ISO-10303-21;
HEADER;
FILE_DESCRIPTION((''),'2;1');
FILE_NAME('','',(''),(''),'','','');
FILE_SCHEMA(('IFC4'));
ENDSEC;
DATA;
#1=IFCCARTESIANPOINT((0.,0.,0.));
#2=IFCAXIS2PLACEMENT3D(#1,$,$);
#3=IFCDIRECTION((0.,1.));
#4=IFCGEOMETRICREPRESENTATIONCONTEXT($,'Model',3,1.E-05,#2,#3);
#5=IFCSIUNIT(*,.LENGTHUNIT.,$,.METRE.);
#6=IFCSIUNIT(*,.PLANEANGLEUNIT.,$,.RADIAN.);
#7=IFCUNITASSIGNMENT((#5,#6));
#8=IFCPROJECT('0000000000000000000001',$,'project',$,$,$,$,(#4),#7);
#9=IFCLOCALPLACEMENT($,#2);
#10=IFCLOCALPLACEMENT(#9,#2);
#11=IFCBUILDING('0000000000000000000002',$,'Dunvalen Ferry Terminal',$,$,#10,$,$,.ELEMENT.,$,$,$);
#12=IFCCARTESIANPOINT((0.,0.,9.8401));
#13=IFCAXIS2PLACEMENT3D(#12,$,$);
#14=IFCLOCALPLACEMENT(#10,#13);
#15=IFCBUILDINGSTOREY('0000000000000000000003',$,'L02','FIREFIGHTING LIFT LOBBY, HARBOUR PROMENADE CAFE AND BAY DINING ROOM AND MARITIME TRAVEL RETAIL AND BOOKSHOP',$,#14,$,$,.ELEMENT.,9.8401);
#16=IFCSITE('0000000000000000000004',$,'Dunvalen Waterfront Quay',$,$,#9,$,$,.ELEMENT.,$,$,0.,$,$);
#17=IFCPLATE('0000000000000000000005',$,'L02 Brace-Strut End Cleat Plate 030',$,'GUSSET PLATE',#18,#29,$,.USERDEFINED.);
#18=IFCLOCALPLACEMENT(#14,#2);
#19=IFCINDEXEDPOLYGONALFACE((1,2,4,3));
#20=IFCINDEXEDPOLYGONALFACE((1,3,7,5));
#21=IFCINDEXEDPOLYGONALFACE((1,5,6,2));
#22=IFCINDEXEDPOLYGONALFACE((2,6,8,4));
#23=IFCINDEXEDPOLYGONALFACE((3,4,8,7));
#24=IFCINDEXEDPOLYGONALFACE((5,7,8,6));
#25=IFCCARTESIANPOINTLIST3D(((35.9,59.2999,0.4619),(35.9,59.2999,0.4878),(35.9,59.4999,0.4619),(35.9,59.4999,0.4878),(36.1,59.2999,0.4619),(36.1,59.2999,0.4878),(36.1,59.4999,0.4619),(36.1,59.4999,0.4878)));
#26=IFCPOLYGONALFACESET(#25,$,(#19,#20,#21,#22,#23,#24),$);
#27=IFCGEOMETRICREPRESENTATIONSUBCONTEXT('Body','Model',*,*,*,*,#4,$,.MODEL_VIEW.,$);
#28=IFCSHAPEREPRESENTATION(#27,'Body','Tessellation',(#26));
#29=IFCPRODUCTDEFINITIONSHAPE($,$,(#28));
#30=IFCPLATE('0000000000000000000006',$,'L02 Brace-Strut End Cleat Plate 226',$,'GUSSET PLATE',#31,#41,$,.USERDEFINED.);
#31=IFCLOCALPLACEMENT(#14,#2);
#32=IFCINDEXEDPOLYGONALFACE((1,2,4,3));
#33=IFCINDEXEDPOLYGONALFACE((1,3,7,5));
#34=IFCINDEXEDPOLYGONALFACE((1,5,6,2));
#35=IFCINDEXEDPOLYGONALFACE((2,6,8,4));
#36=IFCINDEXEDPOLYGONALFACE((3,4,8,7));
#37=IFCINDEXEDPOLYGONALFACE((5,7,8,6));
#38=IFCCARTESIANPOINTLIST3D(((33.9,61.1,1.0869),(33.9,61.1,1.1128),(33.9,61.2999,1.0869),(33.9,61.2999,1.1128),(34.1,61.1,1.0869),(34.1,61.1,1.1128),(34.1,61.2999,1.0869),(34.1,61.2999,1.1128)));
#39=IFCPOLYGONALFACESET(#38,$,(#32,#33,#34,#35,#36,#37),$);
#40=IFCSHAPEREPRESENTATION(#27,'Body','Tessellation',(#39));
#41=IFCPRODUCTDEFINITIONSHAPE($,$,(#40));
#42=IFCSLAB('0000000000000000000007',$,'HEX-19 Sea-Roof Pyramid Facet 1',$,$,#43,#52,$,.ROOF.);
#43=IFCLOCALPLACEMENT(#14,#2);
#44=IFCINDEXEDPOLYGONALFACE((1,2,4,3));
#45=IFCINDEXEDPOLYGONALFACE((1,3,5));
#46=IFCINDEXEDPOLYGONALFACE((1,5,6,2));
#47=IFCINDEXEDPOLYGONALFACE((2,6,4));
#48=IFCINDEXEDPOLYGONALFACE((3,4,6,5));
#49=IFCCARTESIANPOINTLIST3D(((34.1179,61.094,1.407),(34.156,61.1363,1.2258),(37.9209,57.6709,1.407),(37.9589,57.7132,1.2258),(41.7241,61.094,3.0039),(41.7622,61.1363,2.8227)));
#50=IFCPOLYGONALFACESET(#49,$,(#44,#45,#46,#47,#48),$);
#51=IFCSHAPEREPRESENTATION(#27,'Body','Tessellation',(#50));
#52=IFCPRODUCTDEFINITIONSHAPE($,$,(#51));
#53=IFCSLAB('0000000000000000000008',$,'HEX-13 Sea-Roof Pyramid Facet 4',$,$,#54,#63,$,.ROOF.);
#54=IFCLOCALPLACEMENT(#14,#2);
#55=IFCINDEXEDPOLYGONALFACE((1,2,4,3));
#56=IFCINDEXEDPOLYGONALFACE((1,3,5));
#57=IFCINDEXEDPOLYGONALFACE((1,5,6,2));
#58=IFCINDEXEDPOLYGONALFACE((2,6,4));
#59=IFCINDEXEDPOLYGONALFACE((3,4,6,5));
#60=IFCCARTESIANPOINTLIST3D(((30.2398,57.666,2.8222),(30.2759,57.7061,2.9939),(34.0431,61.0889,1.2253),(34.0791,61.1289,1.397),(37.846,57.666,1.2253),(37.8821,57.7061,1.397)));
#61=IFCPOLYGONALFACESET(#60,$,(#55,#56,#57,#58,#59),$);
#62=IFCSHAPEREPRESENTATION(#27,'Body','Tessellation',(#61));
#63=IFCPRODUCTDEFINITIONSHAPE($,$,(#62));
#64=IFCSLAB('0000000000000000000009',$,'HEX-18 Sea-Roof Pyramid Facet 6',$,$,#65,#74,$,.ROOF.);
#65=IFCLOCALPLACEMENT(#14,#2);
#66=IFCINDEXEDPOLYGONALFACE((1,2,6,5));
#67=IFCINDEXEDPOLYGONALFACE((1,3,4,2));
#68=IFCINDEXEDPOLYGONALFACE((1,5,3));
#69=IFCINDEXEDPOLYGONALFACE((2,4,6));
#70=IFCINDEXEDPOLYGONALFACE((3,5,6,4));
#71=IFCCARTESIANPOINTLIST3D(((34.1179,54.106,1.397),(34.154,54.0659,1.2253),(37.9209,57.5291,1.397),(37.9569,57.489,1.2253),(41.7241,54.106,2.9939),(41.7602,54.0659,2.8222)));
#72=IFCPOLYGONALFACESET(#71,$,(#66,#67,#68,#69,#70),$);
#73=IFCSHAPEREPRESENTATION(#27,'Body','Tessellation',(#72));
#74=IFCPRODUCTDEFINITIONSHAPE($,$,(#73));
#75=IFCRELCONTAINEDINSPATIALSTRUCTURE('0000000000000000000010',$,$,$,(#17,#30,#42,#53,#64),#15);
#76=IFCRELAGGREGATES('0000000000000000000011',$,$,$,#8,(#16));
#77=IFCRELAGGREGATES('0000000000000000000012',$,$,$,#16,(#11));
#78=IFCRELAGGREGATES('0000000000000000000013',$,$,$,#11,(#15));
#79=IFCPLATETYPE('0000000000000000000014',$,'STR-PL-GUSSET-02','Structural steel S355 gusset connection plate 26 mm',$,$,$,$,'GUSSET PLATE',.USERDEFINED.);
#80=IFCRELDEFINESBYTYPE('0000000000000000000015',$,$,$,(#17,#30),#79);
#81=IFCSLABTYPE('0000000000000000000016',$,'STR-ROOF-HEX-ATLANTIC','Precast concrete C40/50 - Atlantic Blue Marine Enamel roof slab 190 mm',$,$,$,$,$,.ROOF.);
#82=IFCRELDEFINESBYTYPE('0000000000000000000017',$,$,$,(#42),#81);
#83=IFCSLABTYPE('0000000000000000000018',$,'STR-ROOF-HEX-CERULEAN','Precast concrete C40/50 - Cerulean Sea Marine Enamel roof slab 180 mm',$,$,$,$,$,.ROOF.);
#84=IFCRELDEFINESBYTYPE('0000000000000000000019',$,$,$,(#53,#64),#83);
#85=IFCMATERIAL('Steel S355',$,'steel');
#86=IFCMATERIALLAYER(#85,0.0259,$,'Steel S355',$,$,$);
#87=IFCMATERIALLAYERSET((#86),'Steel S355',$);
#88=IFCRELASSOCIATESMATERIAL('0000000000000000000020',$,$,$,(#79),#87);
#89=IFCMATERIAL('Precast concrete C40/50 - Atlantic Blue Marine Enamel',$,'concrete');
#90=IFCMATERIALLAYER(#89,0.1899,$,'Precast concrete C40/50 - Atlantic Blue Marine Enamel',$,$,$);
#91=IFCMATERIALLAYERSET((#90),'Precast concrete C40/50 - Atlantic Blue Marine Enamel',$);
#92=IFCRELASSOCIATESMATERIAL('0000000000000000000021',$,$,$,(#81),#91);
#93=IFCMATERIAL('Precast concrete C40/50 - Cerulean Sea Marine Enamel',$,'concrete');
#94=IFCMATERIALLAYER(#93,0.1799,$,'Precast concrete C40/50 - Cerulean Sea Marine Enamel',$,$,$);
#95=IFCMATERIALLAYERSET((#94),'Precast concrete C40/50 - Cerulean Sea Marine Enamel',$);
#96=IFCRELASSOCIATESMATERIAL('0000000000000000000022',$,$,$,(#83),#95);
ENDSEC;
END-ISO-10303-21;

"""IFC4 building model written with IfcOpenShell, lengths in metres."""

from ifc_helpers import new_model, si_unit, direction, frame, origin, origin_2d, place, context, subcontext, project, spatial, polyline, rectangle, outline, extrude, material, layer, layer_set, type_object, element, save


model = new_model("IFC4")

# Units and contexts
model_context = context("Model", 3, precision=1e-05, world=origin(), true_north=direction((0.0, 1.0)))
body_context = subcontext(model_context, "Body", "Model", "MODEL_VIEW")
ifc_project = project(units=[si_unit("LENGTHUNIT", "METRE"), si_unit("PLANEANGLEUNIT", "RADIAN")], contexts=[model_context])

# Site, building, storey
site_placement = place(None, origin())
site = spatial("IfcSite", under=ifc_project, at=site_placement, Name="Dunvalen Waterfront Quay", CompositionType="ELEMENT", RefElevation=0.0)
building_placement = place(site_placement, origin())
building = spatial("IfcBuilding", under=site, at=building_placement, Name="Dunvalen Ferry Terminal", CompositionType="ELEMENT")
storey_placement = place(building_placement, frame((0.0, 0.0, 9.8401)))
storey = spatial("IfcBuildingStorey", under=building, at=storey_placement, Name="L02", Description="FIREFIGHTING LIFT LOBBY, HARBOUR PROMENADE CAFE AND BAY DINING ROOM AND MARITIME TRAVEL RETAIL AND BOOKSHOP", CompositionType="ELEMENT", Elevation=9.8401)

# Shared definitions
ifc_material_1 = material(Name="Steel S355", Category="steel")

# Plates
ifc_layer_1 = layer(ifc_material_1, 0.0259, Name="Steel S355")
ifc_layer_set_1 = layer_set([ifc_layer_1], Name="Steel S355")
plate_type_1 = type_object("IfcPlateType", Name="STR-PL-GUSSET-02", Description="Structural steel S355 gusset connection plate 26 mm", ElementType="GUSSET PLATE", PredefinedType="USERDEFINED", material=ifc_layer_set_1)
for number, where, z_axis, x_axis, name in (
    (1, (36.0, 59.3999, 0.4619), (0.0, 0.0, 1.0), (1.0, 0.0, 0.0), "L02 Brace-Strut End Cleat Plate 030"),
    (2, (34.0, 61.2, 1.0869), (0.0, 0.0, 1.0), (1.0, 0.0, 0.0), "L02 Brace-Strut End Cleat Plate 226"),
):
    element("IfcPlate", number, at=place(storey_placement, frame(where, z_axis=z_axis, x_axis=x_axis)), inside=storey, type_object=plate_type_1, Name=name, ObjectType="GUSSET PLATE", PredefinedType="USERDEFINED", context=body_context, shape_type="SweptSolid", body=[
        extrude(rectangle(XDim=0.2, YDim=0.2, at=origin_2d()), origin(), (0.0, 0.0, 1.0), 0.0259),
    ])

# Slabs
ifc_material_2 = material(Name="Precast concrete C40/50 - Atlantic Blue Marine Enamel", Category="concrete")
ifc_layer_2 = layer(ifc_material_2, 0.1899, Name="Precast concrete C40/50 - Atlantic Blue Marine Enamel")
ifc_layer_set_2 = layer_set([ifc_layer_2], Name="Precast concrete C40/50 - Atlantic Blue Marine Enamel")
slab_type_1 = type_object("IfcSlabType", Name="STR-ROOF-HEX-ATLANTIC", Description="Precast concrete C40/50 - Atlantic Blue Marine Enamel roof slab 190 mm", PredefinedType="ROOF", material=ifc_layer_set_2)
slab_1_placement = place(storey_placement, frame((34.1179, 61.094, 1.407), z_axis=(-0.200318, -0.222548, 0.95412), x_axis=(0.743254, -0.66901, 0.0)))
element("IfcSlab", 3, at=slab_1_placement, inside=storey, type_object=slab_type_1, Name="HEX-19 Sea-Roof Pyramid Facet 1", PredefinedType="ROOF", context=body_context, shape_type="SweptSolid", body=[
    extrude(outline(polyline([(0.0, 0.0), (5.1167, 0.0), (5.6533, 5.3333), (0.0, 0.0)])), origin(), (0.0, 0.0, -1.0), 0.1899),
])
ifc_material_3 = material(Name="Precast concrete C40/50 - Cerulean Sea Marine Enamel", Category="concrete")
ifc_layer_3 = layer(ifc_material_3, 0.1799, Name="Precast concrete C40/50 - Cerulean Sea Marine Enamel")
ifc_layer_set_3 = layer_set([ifc_layer_3], Name="Precast concrete C40/50 - Cerulean Sea Marine Enamel")
slab_type_2 = type_object("IfcSlabType", Name="STR-ROOF-HEX-CERULEAN", Description="Precast concrete C40/50 - Cerulean Sea Marine Enamel roof slab 180 mm", PredefinedType="ROOF", material=ifc_layer_set_3)
slab_2_placement = place(storey_placement, frame((37.8821, 57.7061, 1.397), z_axis=(0.200317, 0.222563, 0.954117), x_axis=(-0.743278, 0.668983, 0.0)))
element("IfcSlab", 4, at=slab_2_placement, inside=storey, type_object=slab_type_2, Name="HEX-13 Sea-Roof Pyramid Facet 4", PredefinedType="ROOF", context=body_context, shape_type="SweptSolid", body=[
    extrude(outline(polyline([(0.0, 0.0), (5.1165, 0.0), (5.6535, 5.3331), (0.0, 0.0)])), origin(), (0.0, 0.0, -1.0), 0.1799),
])
slab_3_placement = place(storey_placement, frame((37.9209, 57.5291, 1.397), z_axis=(-0.200318, 0.222548, 0.95412), x_axis=(-0.743254, -0.66901, 0.0)))
element("IfcSlab", 5, at=slab_3_placement, inside=storey, type_object=slab_type_2, Name="HEX-18 Sea-Roof Pyramid Facet 6", PredefinedType="ROOF", context=body_context, shape_type="SweptSolid", body=[
    extrude(outline(polyline([(0.0, 0.0), (5.1167, 0.0), (-0.5367, 5.3333), (0.0, 0.0)])), origin(), (0.0, 0.0, -1.0), 0.1799),
])

save(model, "model.ifc")
